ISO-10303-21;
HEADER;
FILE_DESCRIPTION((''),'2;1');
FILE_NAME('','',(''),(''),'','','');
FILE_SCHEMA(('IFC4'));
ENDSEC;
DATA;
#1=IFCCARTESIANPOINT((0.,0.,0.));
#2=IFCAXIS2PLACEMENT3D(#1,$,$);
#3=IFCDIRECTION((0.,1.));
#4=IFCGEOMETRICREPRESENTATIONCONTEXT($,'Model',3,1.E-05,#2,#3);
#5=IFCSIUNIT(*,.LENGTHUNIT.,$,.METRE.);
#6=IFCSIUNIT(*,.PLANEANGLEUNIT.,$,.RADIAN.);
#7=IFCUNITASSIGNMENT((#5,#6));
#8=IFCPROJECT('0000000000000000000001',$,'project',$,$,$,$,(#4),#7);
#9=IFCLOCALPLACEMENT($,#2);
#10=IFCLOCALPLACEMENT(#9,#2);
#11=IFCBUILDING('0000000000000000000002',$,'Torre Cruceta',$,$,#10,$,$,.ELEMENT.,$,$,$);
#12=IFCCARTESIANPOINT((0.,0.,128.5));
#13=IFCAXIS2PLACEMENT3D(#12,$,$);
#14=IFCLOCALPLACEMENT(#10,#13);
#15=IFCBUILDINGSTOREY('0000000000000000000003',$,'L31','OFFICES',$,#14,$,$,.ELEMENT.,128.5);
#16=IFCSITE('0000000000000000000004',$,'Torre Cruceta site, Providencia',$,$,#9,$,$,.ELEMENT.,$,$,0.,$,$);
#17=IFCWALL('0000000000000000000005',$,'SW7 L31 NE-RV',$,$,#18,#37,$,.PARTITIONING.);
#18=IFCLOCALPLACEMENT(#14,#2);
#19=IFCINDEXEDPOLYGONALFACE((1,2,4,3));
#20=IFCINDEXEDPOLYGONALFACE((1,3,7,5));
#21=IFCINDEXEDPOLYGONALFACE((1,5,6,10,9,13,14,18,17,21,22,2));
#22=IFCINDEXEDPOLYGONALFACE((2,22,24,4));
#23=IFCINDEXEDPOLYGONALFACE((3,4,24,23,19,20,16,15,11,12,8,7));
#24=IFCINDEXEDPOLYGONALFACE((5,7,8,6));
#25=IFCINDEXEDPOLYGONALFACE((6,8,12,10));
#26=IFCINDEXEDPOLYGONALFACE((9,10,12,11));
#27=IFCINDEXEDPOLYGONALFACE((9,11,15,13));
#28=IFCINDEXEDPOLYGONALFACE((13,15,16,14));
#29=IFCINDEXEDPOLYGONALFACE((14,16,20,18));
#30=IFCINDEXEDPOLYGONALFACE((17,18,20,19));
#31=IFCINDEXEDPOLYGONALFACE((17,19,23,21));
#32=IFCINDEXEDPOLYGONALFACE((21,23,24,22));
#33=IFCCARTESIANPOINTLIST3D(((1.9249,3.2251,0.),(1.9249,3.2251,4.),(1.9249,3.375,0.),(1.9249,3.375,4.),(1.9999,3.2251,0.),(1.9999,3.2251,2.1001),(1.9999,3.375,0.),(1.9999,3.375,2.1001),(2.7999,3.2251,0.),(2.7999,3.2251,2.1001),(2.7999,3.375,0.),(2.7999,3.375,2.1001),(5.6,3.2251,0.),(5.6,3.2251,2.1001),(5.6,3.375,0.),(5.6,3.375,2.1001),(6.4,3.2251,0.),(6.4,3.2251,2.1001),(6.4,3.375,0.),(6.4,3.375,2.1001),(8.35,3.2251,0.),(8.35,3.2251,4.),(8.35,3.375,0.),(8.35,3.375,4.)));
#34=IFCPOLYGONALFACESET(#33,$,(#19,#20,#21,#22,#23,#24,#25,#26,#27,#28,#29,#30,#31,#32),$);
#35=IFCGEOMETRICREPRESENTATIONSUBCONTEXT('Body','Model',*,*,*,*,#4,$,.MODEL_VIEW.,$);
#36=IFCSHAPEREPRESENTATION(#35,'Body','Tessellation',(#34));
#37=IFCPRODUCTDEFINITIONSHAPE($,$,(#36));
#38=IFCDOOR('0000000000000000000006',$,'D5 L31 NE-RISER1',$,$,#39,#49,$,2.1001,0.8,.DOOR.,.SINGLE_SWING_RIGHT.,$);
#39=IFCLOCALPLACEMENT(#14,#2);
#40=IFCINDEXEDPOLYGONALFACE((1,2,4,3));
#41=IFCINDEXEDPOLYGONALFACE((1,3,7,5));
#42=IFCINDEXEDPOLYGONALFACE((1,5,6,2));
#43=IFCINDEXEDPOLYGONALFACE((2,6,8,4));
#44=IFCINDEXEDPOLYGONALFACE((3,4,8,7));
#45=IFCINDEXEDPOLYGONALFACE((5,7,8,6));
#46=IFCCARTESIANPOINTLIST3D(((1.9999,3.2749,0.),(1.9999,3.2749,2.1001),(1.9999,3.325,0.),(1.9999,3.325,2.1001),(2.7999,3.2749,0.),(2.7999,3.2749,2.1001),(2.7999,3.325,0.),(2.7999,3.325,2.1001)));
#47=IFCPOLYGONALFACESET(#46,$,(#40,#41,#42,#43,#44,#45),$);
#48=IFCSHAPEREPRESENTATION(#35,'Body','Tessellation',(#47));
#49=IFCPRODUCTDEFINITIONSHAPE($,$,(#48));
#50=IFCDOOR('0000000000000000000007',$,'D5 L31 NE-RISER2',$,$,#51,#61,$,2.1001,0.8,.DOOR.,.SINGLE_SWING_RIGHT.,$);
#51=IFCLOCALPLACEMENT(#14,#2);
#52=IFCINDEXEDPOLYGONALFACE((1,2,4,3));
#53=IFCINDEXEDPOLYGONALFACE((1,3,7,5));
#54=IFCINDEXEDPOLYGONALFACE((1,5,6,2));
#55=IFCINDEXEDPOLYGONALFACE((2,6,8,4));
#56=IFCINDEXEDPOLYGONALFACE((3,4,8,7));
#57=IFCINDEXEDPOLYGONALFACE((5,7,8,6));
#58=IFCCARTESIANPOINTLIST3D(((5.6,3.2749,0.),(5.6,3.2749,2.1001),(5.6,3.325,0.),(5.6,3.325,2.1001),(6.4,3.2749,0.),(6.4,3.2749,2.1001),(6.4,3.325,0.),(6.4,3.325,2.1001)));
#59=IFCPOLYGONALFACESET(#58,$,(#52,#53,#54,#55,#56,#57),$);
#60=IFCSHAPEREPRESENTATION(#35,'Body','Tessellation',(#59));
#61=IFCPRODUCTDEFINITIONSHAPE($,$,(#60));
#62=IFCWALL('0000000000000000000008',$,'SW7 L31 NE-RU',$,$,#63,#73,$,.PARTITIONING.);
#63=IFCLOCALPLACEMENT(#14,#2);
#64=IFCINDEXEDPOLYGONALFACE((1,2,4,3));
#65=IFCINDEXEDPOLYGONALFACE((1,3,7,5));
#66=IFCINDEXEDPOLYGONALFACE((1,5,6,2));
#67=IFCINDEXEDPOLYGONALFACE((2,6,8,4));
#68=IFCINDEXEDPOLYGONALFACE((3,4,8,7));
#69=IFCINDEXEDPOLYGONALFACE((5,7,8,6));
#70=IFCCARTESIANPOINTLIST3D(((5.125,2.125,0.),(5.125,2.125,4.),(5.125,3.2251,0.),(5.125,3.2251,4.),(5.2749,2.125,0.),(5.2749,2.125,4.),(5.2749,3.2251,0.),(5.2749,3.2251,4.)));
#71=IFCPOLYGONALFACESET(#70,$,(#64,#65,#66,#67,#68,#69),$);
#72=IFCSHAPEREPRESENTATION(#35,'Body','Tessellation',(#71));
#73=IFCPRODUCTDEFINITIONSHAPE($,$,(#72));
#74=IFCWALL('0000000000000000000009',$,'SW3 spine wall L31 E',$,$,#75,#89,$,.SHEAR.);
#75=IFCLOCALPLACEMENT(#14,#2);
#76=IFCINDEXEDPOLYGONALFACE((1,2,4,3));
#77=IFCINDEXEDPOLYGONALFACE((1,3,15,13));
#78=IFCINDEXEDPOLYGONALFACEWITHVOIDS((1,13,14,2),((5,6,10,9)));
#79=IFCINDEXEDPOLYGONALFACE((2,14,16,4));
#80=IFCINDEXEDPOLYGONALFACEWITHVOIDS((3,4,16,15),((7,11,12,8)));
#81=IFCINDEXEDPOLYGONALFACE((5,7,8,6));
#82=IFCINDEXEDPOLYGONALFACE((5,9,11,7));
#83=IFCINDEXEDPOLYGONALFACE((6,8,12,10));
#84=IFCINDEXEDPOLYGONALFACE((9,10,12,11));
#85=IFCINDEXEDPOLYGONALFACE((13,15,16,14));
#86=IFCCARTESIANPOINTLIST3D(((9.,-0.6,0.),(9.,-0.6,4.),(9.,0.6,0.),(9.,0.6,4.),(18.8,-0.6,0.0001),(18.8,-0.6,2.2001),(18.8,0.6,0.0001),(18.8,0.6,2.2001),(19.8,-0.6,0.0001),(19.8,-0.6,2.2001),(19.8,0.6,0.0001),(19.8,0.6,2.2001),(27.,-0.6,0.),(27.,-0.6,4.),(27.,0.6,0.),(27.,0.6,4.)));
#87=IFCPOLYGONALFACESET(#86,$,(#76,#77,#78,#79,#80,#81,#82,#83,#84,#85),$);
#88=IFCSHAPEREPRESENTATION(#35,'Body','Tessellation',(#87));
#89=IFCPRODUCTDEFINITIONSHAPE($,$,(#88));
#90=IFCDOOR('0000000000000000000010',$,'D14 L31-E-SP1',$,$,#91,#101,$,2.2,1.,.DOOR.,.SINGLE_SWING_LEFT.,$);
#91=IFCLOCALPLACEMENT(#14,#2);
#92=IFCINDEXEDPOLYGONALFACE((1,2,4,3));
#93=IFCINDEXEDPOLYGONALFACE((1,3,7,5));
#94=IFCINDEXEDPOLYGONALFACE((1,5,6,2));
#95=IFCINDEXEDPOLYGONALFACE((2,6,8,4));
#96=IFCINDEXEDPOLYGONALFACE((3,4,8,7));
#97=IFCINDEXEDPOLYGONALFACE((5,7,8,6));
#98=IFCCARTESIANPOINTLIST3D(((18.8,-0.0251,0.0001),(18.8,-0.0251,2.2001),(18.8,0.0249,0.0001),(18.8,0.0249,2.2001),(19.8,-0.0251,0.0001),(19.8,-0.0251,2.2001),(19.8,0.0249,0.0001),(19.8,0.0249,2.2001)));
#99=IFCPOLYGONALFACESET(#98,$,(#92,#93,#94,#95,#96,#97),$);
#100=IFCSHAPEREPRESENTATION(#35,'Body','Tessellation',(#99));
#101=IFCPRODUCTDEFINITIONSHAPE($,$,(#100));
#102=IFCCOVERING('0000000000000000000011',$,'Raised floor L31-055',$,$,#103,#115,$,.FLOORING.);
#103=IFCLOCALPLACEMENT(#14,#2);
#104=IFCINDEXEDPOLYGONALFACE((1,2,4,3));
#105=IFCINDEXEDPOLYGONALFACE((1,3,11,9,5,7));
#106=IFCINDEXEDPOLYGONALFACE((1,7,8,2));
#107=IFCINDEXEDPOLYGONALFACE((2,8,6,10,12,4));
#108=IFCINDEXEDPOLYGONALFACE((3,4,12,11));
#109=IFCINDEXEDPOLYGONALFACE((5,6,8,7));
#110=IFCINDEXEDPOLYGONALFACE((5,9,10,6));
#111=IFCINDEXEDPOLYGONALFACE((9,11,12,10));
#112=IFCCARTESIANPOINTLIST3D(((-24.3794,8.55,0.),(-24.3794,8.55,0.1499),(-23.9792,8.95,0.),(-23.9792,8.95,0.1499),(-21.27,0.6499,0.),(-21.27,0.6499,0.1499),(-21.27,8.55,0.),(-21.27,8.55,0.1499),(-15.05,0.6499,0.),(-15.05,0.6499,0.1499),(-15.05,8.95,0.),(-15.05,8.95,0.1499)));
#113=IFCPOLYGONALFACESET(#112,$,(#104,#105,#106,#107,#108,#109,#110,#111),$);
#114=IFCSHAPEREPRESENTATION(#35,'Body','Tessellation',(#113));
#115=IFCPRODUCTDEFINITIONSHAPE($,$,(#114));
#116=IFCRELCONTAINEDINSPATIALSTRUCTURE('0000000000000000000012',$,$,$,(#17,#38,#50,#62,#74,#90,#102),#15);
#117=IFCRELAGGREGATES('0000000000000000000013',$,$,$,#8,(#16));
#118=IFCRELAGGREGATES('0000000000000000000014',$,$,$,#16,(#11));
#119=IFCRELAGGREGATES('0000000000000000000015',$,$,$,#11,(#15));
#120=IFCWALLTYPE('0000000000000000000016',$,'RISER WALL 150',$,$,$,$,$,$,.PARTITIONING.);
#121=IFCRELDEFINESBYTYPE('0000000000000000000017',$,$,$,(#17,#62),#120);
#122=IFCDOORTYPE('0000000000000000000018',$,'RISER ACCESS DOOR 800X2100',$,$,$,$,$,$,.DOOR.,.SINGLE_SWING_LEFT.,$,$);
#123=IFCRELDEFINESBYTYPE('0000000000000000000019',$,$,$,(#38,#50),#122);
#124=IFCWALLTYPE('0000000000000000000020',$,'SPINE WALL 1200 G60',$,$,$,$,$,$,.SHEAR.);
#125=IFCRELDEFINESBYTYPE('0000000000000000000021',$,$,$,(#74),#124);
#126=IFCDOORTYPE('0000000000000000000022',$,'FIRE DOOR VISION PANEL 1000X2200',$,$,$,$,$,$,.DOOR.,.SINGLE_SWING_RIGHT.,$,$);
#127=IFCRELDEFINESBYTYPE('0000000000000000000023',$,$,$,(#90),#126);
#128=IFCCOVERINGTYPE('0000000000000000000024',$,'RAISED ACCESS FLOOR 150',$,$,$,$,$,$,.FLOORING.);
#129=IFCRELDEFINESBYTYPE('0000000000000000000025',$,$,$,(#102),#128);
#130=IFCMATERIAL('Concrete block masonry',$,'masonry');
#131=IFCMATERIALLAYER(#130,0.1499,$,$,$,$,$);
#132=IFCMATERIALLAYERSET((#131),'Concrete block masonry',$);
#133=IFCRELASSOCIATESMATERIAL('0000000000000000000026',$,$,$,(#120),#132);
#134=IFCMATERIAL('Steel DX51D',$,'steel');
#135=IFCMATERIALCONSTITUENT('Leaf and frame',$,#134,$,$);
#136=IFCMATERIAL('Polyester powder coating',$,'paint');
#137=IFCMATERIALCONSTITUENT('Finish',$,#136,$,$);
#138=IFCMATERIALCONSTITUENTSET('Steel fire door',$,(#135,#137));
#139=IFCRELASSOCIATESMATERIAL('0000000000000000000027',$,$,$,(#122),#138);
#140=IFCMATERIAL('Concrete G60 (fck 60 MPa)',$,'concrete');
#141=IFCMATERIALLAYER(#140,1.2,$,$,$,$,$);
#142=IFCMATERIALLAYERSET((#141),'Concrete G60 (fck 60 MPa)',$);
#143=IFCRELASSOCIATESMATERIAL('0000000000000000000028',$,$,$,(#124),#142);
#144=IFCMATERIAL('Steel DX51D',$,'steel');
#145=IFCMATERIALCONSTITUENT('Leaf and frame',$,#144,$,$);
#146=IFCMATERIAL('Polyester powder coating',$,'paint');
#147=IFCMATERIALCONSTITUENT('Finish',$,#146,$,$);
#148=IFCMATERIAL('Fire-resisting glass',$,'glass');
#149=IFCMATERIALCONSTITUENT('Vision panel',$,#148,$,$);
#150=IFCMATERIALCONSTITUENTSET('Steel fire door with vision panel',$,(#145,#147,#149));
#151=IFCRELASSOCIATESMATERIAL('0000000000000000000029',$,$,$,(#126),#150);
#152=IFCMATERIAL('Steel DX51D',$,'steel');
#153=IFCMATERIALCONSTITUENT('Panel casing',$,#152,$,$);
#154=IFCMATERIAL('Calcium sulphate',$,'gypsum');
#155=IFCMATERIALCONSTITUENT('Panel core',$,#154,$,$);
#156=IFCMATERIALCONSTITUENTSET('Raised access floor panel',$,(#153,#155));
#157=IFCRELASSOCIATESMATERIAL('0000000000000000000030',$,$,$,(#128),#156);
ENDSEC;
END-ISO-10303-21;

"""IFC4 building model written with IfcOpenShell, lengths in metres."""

from ifc_helpers import new_model, si_unit, direction, frame, frame_2d, origin, place, context, subcontext, project, spatial, polyline, rectangle, outline, extrude, material, layer, layer_set, constituent, constituent_set, type_object, element, fill, save


model = new_model("IFC4")

# Units and contexts
model_context = context("Model", 3, precision=1e-05, world=origin(), true_north=direction((0.0, 1.0)))
body_context = subcontext(model_context, "Body", "Model", "MODEL_VIEW")
ifc_project = project(units=[si_unit("LENGTHUNIT", "METRE"), si_unit("PLANEANGLEUNIT", "RADIAN")], contexts=[model_context])

# Site, building, storey
site_placement = place(None, origin())
site = spatial("IfcSite", under=ifc_project, at=site_placement, Name="Torre Cruceta site, Providencia", CompositionType="ELEMENT", RefElevation=0.0)
building_placement = place(site_placement, origin())
building = spatial("IfcBuilding", under=site, at=building_placement, Name="Torre Cruceta", CompositionType="ELEMENT")
storey_placement = place(building_placement, frame((0.0, 0.0, 128.5)))
storey = spatial("IfcBuildingStorey", under=building, at=storey_placement, Name="L31", Description="OFFICES", CompositionType="ELEMENT", Elevation=128.5)

# Wall, openings, doors
ifc_material_1 = material(Name="Concrete block masonry", Category="masonry")
ifc_layer_1 = layer(ifc_material_1, 0.1499)
ifc_layer_set_1 = layer_set([ifc_layer_1], Name="Concrete block masonry")
wall_type_1 = type_object("IfcWallType", Name="RISER WALL 150", PredefinedType="PARTITIONING", material=ifc_layer_set_1)
wall_1_placement = place(storey_placement, frame((1.925, 3.3, 0.0), z_axis=(0.0, 0.0, 1.0), x_axis=(1.0, 0.0, 0.0)))
wall_1 = element("IfcWall", 1, at=wall_1_placement, inside=storey, type_object=wall_type_1, Name="SW7 L31 NE-RV", PredefinedType="PARTITIONING", context=body_context, shape_type="SweptSolid", body=[
    extrude(rectangle(XDim=6.425, YDim=0.1499, at=frame_2d((3.2124, 0.0))), origin(), (0.0, 0.0, 1.0), 4.0),
])
opening_1_placement = place(wall_1_placement, frame((0.075, 0.0, 0.0)))
opening_1 = element("IfcOpeningElement", 2, at=opening_1_placement, cuts=wall_1, PredefinedType="OPENING", context=body_context, shape_type="SweptSolid", body=[
    extrude(rectangle(XDim=0.8, YDim=2.1001, at=frame_2d((0.3999, 1.05))), frame((0.0, 0.085, 0.0), z_axis=(0.0, -1.0, 0.0), x_axis=(1.0, 0.0, 0.0)), (0.0, 0.0, 1.0), 0.1699),
])
opening_2_placement = place(wall_1_placement, frame((3.675, 0.0, 0.0)))
opening_2 = element("IfcOpeningElement", 3, at=opening_2_placement, cuts=wall_1, PredefinedType="OPENING", context=body_context, shape_type="SweptSolid", body=[
    extrude(rectangle(XDim=0.8, YDim=2.1001, at=frame_2d((0.3999, 1.05))), frame((0.0, 0.085, 0.0), z_axis=(0.0, -1.0, 0.0), x_axis=(1.0, 0.0, 0.0)), (0.0, 0.0, 1.0), 0.1699),
])
ifc_material_2 = material(Name="Steel DX51D", Category="steel")
ifc_constituent_1 = constituent(ifc_material_2, Name="Leaf and frame")
ifc_material_3 = material(Name="Polyester powder coating", Category="paint")
ifc_constituent_2 = constituent(ifc_material_3, Name="Finish")
ifc_constituent_set_1 = constituent_set(constituents=[ifc_constituent_1, ifc_constituent_2], Name="Steel fire door")
door_type_1 = type_object("IfcDoorType", Name="RISER ACCESS DOOR 800X2100", OperationType="SINGLE_SWING_LEFT", PredefinedType="DOOR", material=ifc_constituent_set_1)
door_1_placement = place(opening_1_placement, frame((0.8, 0.0, 0.0), z_axis=(0.0, 0.0, 1.0), x_axis=(-1.0, 0.0, 0.0)))
door_1 = element("IfcDoor", 4, at=door_1_placement, inside=storey, type_object=door_type_1, Name="D5 L31 NE-RISER1", OperationType="SINGLE_SWING_RIGHT", OverallHeight=2.1001, OverallWidth=0.8, PredefinedType="DOOR", context=body_context, shape_type="SweptSolid", body=[
    extrude(rectangle(XDim=0.8, YDim=2.1001, at=frame_2d((0.4001, 1.05))), frame((0.0, 0.0251, 0.0), z_axis=(0.0, -1.0, 0.0), x_axis=(1.0, 0.0, 0.0)), (0.0, 0.0, 1.0), 0.05),
])
fill(opening_1, door_1)
door_2_placement = place(opening_2_placement, frame((0.8, 0.0, 0.0), z_axis=(0.0, 0.0, 1.0), x_axis=(-1.0, 0.0, 0.0)))
door_2 = element("IfcDoor", 5, at=door_2_placement, inside=storey, type_object=door_type_1, Name="D5 L31 NE-RISER2", OperationType="SINGLE_SWING_RIGHT", OverallHeight=2.1001, OverallWidth=0.8, PredefinedType="DOOR", context=body_context, shape_type="SweptSolid", body=[
    extrude(rectangle(XDim=0.8, YDim=2.1001, at=frame_2d((0.4001, 1.05))), frame((0.0, 0.0251, 0.0), z_axis=(0.0, -1.0, 0.0), x_axis=(1.0, 0.0, 0.0)), (0.0, 0.0, 1.0), 0.05),
])
fill(opening_2, door_2)

# Wall
wall_2_placement = place(storey_placement, frame((5.2, 2.125, 0.0), z_axis=(0.0, 0.0, 1.0), x_axis=(0.0, 1.0, 0.0)))
element("IfcWall", 6, at=wall_2_placement, inside=storey, type_object=wall_type_1, Name="SW7 L31 NE-RU", PredefinedType="PARTITIONING", context=body_context, shape_type="SweptSolid", body=[
    extrude(rectangle(XDim=1.1001, YDim=0.1499, at=frame_2d((0.55, 0.0))), origin(), (0.0, 0.0, 1.0), 4.0),
])

# Wall, opening, door
ifc_material_4 = material(Name="Concrete G60 (fck 60 MPa)", Category="concrete")
ifc_layer_2 = layer(ifc_material_4, 1.2)
ifc_layer_set_2 = layer_set([ifc_layer_2], Name="Concrete G60 (fck 60 MPa)")
wall_type_2 = type_object("IfcWallType", Name="SPINE WALL 1200 G60", PredefinedType="SHEAR", material=ifc_layer_set_2)
wall_3_placement = place(storey_placement, frame((9.0, 0.0, 0.0), z_axis=(0.0, 0.0, 1.0), x_axis=(1.0, 0.0, 0.0)))
wall_3 = element("IfcWall", 7, at=wall_3_placement, inside=storey, type_object=wall_type_2, Name="SW3 spine wall L31 E", PredefinedType="SHEAR", context=body_context, shape_type="SweptSolid", body=[
    extrude(rectangle(XDim=18.0, YDim=1.2, at=frame_2d((9.0, 0.0))), origin(), (0.0, 0.0, 1.0), 4.0),
])
opening_3_placement = place(wall_3_placement, frame((9.8, 0.0, 0.0)))
opening_3 = element("IfcOpeningElement", 8, at=opening_3_placement, cuts=wall_3, PredefinedType="OPENING", context=body_context, shape_type="SweptSolid", body=[
    extrude(rectangle(XDim=1.0, YDim=2.2, at=frame_2d((0.5, 1.1001))), frame((0.0, 0.6099, 0.0), z_axis=(0.0, -1.0, 0.0), x_axis=(1.0, 0.0, 0.0)), (0.0, 0.0, 1.0), 1.22),
])
ifc_material_5 = material(Name="Steel DX51D", Category="steel")
ifc_constituent_3 = constituent(ifc_material_5, Name="Leaf and frame")
ifc_material_6 = material(Name="Polyester powder coating", Category="paint")
ifc_constituent_4 = constituent(ifc_material_6, Name="Finish")
ifc_material_7 = material(Name="Fire-resisting glass", Category="glass")
ifc_constituent_5 = constituent(ifc_material_7, Name="Vision panel")
ifc_constituent_set_2 = constituent_set(constituents=[ifc_constituent_3, ifc_constituent_4, ifc_constituent_5], Name="Steel fire door with vision panel")
door_type_2 = type_object("IfcDoorType", Name="FIRE DOOR VISION PANEL 1000X2200", OperationType="SINGLE_SWING_RIGHT", PredefinedType="DOOR", material=ifc_constituent_set_2)
door_3_placement = place(opening_3_placement, frame((1.0, 0.0, 0.0), z_axis=(0.0, 0.0, 1.0), x_axis=(-1.0, 0.0, 0.0)))
door_3 = element("IfcDoor", 9, at=door_3_placement, inside=storey, type_object=door_type_2, Name="D14 L31-E-SP1", OperationType="SINGLE_SWING_LEFT", OverallHeight=2.2, OverallWidth=1.0, PredefinedType="DOOR", context=body_context, shape_type="SweptSolid", body=[
    extrude(rectangle(XDim=1.0, YDim=2.2, at=frame_2d((0.5, 1.1001))), frame((0.0, 0.0251, 0.0), z_axis=(0.0, -1.0, 0.0), x_axis=(1.0, 0.0, 0.0)), (0.0, 0.0, 1.0), 0.05),
])
fill(opening_3, door_3)

# Covering
ifc_material_8 = material(Name="Steel DX51D", Category="steel")
ifc_constituent_6 = constituent(ifc_material_8, Name="Panel casing")
ifc_material_9 = material(Name="Calcium sulphate", Category="gypsum")
ifc_constituent_7 = constituent(ifc_material_9, Name="Panel core")
ifc_constituent_set_3 = constituent_set(constituents=[ifc_constituent_6, ifc_constituent_7], Name="Raised access floor panel")
covering_type = type_object("IfcCoveringType", Name="RAISED ACCESS FLOOR 150", PredefinedType="FLOORING", material=ifc_constituent_set_3)
covering_placement = place(storey_placement, origin())
element("IfcCovering", 10, at=covering_placement, inside=storey, type_object=covering_type, Name="Raised floor L31-055", PredefinedType="FLOORING", context=body_context, shape_type="SweptSolid", body=[
    extrude(outline(polyline([(-15.05, 8.95), (-15.05, 0.6499), (-21.27, 0.6499), (-21.27, 8.55), (-24.3794, 8.55), (-23.9792, 8.95), (-15.05, 8.95)])), origin(), (0.0, 0.0, 1.0), 0.1499),
])

save(model, "model.ifc")
